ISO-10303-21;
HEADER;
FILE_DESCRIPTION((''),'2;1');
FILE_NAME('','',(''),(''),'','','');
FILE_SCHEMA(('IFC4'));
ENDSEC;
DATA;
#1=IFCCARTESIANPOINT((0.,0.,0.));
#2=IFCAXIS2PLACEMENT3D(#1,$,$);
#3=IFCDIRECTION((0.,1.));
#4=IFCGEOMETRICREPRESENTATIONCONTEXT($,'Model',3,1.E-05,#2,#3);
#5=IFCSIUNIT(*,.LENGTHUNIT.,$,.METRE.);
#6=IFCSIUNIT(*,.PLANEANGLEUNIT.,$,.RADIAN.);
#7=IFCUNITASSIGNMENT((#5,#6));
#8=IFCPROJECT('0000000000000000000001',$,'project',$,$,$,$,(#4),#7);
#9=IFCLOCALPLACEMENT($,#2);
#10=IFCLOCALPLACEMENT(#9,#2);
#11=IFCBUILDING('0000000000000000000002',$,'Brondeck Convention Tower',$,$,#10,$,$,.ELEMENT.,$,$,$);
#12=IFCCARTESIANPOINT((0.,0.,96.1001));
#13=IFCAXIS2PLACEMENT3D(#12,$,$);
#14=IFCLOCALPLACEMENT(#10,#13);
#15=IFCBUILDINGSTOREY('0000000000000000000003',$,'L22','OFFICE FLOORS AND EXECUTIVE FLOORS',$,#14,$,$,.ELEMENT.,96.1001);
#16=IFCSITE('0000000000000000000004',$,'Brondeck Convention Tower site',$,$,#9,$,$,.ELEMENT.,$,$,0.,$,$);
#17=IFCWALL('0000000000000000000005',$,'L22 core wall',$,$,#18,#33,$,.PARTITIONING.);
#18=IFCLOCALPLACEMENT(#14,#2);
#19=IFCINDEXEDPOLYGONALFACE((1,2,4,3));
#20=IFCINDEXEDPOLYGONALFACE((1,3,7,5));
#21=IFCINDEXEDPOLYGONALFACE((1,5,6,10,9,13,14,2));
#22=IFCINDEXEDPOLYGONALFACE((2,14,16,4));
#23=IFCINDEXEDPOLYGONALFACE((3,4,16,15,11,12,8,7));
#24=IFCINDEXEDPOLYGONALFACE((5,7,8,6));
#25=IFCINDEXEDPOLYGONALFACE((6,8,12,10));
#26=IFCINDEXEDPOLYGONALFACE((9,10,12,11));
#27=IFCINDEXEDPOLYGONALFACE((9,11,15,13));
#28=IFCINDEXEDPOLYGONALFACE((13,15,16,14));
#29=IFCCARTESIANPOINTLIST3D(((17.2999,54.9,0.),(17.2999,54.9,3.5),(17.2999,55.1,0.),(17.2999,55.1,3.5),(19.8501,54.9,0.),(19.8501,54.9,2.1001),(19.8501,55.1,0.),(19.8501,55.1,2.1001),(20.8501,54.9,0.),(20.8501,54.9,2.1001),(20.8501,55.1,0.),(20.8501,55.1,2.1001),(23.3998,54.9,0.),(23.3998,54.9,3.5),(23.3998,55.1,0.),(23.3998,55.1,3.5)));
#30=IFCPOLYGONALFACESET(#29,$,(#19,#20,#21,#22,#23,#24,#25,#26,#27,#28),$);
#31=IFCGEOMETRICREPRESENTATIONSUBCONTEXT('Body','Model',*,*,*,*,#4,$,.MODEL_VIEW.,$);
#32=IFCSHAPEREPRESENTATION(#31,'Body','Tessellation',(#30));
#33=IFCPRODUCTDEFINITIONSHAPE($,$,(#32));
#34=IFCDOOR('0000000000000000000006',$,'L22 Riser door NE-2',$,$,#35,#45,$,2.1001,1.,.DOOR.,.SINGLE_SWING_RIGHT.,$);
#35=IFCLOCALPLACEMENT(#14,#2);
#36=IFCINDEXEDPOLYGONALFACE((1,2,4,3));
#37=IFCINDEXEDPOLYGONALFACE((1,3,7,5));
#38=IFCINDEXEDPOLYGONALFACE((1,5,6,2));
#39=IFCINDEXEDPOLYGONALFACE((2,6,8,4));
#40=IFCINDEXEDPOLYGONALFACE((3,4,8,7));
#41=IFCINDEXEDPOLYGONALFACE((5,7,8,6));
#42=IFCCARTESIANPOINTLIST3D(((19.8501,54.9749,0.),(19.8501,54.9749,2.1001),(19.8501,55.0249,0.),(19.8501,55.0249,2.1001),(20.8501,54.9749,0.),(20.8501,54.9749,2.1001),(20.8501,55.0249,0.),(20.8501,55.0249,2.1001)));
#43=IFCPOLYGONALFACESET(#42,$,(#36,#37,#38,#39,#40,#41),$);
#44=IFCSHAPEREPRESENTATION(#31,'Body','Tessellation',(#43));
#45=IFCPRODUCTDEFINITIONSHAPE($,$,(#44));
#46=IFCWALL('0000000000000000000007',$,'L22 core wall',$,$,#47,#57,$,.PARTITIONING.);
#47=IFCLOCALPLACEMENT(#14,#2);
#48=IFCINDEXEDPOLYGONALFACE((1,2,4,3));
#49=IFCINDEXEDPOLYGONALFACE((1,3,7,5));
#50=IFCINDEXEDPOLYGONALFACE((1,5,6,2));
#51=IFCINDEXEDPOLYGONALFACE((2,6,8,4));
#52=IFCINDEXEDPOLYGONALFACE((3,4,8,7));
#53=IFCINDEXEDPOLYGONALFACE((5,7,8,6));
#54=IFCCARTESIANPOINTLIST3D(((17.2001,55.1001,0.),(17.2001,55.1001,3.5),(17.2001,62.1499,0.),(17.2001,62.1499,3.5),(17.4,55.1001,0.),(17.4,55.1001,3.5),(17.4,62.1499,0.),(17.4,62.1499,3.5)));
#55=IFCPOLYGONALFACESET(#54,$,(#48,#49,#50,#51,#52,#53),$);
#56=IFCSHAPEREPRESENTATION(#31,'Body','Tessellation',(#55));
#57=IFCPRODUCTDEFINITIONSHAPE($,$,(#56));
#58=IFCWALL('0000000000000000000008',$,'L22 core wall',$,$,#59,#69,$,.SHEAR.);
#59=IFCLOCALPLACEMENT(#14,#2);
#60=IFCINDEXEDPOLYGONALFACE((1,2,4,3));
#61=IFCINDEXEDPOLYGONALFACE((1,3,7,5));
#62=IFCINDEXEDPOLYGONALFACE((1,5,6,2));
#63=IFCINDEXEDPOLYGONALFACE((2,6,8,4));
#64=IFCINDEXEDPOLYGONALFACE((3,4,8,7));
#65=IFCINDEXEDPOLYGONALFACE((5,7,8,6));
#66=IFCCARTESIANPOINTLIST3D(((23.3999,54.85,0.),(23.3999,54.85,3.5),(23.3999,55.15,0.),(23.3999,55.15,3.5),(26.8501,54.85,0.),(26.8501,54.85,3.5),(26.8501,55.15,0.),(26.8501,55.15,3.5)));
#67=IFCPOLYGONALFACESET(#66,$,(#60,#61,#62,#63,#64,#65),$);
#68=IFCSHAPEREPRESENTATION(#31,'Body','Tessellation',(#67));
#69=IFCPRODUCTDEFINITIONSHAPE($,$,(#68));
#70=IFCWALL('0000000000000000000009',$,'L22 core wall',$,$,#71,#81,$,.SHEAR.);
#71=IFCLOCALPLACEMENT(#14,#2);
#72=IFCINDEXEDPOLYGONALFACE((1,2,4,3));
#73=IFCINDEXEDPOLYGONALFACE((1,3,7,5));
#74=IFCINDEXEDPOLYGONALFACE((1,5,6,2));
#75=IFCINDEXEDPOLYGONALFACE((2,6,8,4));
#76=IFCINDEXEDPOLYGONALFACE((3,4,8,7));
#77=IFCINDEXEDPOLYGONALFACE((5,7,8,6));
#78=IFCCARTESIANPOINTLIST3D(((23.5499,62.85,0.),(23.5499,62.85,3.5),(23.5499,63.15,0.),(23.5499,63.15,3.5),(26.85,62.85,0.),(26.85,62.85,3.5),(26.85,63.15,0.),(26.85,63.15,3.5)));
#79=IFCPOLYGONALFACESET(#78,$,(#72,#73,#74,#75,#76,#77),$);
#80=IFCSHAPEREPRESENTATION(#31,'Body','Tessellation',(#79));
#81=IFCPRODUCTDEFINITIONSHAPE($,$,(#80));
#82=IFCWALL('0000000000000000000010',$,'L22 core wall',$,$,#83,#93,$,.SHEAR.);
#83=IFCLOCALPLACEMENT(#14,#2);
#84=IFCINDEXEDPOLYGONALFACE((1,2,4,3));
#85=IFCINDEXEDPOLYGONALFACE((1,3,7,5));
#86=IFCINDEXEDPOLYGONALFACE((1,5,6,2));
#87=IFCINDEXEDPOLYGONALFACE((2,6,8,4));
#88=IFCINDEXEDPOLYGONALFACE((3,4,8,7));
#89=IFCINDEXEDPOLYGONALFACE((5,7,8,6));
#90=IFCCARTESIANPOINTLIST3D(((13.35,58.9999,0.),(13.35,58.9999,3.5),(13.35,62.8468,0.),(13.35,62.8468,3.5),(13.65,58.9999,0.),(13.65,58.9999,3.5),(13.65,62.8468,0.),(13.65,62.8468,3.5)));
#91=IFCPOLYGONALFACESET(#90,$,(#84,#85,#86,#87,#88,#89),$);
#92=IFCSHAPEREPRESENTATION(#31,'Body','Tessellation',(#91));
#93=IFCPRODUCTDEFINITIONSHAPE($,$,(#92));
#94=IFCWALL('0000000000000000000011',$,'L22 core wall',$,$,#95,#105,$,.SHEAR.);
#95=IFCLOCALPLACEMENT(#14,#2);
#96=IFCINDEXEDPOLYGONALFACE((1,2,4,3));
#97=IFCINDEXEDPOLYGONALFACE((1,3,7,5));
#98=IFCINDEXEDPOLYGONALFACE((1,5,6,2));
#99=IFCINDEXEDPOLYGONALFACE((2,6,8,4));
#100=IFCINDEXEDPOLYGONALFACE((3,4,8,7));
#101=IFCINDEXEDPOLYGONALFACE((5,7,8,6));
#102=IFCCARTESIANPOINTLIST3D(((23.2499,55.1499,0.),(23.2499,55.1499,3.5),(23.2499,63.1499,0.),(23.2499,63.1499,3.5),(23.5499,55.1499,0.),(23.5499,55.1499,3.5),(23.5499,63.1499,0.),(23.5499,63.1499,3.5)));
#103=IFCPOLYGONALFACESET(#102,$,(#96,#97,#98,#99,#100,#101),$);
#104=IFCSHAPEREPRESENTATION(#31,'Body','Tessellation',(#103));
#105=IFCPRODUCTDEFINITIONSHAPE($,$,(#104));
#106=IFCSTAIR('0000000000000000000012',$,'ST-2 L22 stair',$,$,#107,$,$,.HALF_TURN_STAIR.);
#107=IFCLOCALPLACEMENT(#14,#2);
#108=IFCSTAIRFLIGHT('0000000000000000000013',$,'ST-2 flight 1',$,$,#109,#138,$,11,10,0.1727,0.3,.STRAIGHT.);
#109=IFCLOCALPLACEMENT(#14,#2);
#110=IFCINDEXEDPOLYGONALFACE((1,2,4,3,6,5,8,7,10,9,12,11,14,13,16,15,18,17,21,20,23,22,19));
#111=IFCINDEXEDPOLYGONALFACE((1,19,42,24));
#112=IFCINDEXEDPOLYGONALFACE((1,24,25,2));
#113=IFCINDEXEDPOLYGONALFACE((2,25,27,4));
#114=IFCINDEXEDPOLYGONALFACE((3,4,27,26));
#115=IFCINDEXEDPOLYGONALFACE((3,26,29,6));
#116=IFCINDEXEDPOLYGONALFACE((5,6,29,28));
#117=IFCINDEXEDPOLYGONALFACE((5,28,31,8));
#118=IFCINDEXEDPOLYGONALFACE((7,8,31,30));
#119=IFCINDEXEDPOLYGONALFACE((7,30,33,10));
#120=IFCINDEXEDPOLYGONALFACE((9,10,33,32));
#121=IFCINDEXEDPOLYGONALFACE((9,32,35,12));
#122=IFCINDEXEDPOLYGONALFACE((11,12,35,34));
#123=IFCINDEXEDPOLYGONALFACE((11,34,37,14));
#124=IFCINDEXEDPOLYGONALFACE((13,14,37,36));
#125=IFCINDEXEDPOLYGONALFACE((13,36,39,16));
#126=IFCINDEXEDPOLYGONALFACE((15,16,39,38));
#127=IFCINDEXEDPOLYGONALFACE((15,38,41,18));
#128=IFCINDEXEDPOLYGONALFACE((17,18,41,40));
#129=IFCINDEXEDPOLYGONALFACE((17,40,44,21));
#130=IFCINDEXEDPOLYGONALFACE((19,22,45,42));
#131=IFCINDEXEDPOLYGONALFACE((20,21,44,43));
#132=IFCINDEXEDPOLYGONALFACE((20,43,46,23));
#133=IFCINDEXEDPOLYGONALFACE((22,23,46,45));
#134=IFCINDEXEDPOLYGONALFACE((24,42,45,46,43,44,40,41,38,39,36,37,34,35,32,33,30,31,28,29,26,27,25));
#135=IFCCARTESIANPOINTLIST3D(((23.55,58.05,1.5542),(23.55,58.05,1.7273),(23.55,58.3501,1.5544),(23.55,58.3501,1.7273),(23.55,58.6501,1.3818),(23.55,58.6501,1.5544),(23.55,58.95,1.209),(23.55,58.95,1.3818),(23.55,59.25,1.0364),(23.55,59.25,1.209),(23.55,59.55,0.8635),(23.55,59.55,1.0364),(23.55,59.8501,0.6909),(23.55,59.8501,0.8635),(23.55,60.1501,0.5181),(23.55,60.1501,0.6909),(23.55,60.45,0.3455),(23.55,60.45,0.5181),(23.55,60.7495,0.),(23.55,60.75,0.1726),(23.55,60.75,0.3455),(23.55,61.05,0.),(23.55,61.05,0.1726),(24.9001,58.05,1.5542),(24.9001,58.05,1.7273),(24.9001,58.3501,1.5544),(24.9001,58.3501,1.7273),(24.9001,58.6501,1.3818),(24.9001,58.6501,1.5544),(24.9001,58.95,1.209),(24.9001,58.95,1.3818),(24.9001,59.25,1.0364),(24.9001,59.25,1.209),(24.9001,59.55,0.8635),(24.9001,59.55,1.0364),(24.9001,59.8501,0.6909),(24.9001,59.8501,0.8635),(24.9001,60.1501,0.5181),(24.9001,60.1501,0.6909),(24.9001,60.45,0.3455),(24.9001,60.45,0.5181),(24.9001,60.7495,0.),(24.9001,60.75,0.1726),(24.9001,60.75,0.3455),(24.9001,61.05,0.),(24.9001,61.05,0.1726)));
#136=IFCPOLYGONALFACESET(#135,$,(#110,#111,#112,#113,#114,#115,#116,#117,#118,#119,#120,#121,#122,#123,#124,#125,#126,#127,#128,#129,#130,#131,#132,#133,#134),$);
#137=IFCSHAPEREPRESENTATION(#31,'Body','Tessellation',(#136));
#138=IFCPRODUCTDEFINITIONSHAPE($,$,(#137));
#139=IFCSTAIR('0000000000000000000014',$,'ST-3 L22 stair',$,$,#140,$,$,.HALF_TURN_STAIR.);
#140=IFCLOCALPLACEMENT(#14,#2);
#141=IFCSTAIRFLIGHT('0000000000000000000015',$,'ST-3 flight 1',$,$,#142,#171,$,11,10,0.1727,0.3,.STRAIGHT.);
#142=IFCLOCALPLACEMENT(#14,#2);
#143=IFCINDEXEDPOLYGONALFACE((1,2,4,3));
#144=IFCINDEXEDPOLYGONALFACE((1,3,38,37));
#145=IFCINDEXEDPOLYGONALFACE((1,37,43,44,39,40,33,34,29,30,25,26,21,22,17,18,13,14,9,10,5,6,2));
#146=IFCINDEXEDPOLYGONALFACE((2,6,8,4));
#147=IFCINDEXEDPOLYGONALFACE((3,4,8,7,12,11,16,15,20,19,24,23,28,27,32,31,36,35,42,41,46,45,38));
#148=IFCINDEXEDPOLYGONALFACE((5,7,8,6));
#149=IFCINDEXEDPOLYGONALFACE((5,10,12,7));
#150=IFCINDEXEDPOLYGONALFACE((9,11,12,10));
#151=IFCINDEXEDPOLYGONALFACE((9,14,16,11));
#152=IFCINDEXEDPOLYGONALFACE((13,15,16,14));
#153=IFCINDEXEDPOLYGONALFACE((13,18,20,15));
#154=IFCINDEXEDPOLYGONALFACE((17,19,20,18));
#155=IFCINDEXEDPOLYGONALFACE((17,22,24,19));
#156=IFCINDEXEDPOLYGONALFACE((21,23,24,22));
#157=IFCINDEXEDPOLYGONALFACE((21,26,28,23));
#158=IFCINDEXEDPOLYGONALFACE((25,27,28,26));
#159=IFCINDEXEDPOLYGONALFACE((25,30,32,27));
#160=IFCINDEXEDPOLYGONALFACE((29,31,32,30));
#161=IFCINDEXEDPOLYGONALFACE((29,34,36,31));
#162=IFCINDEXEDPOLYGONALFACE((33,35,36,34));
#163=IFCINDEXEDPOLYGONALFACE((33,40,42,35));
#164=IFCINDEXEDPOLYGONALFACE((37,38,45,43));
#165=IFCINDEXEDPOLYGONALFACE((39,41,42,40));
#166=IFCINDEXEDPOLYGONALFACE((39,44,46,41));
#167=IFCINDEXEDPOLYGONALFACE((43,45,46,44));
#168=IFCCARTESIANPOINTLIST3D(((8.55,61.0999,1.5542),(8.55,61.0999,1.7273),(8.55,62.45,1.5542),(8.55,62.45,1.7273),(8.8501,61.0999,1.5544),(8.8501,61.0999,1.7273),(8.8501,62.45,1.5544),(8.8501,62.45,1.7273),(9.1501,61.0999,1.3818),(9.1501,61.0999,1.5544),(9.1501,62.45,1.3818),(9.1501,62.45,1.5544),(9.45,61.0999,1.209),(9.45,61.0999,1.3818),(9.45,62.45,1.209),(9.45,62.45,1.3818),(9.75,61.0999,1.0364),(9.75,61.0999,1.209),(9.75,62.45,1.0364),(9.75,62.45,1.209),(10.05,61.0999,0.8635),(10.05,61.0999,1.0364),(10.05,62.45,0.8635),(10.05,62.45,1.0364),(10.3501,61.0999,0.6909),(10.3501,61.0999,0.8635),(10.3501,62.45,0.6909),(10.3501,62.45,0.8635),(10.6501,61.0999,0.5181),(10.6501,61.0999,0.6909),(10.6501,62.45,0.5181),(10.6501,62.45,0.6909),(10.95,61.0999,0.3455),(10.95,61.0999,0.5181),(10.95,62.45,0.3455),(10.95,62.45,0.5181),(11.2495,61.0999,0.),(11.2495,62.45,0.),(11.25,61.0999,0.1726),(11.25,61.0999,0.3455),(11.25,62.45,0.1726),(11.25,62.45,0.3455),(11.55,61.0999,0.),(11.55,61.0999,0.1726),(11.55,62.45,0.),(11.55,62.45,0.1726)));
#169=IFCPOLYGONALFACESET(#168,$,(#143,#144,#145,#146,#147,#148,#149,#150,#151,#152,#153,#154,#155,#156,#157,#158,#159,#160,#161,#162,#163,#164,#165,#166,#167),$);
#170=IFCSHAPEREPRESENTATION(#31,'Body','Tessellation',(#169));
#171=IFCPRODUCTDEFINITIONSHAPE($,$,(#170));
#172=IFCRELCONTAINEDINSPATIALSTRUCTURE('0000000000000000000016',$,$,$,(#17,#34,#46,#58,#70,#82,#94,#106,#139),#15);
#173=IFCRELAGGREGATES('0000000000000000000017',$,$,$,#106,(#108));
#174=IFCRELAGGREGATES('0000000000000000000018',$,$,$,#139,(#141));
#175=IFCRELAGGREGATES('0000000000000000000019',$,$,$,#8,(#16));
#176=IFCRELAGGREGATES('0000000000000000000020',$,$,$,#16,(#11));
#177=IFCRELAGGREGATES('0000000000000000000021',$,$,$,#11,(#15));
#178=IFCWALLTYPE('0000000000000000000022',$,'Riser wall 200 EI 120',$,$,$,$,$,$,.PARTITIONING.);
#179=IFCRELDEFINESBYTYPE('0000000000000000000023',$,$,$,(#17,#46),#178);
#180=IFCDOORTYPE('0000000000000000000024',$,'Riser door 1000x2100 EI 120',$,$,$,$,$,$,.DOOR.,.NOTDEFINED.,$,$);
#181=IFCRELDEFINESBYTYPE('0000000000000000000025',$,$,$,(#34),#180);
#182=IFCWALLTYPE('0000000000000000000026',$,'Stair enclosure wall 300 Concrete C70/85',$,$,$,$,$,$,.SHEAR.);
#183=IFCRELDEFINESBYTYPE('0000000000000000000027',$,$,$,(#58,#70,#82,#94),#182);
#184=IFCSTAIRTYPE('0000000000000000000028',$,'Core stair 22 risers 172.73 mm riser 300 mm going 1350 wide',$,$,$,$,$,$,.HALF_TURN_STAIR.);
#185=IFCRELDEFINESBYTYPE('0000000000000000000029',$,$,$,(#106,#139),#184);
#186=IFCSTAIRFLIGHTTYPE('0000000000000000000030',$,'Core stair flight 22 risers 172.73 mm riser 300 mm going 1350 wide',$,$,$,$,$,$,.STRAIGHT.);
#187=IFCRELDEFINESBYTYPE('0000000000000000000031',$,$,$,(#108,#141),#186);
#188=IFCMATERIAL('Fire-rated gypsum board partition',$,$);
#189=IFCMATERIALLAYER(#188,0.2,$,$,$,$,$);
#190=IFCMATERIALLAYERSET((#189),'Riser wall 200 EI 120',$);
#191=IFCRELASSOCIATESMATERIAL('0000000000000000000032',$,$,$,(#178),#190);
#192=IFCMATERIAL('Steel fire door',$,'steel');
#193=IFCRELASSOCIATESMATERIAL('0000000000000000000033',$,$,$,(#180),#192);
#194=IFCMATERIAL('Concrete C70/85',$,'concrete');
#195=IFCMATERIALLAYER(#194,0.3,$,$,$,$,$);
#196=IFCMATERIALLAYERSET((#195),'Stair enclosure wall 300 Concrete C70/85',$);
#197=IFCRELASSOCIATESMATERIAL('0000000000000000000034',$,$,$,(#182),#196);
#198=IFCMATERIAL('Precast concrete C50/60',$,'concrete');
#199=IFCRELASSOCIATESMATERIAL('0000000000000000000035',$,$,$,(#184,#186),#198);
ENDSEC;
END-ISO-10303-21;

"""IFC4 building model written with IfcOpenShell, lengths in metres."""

from ifc_helpers import new_model, si_unit, direction, frame, frame_2d, origin, place, context, subcontext, project, spatial, polyline, rectangle, outline, extrude, material, layer, layer_set, type_object, element, fill, aggregate, save


model = new_model("IFC4")

# Units and contexts
model_context = context("Model", 3, precision=1e-05, world=origin(), true_north=direction((0.0, 1.0)))
body_context = subcontext(model_context, "Body", "Model", "MODEL_VIEW")
ifc_project = project(units=[si_unit("LENGTHUNIT", "METRE"), si_unit("PLANEANGLEUNIT", "RADIAN")], contexts=[model_context])

# Site, building, storey
site_placement = place(None, origin())
site = spatial("IfcSite", under=ifc_project, at=site_placement, Name="Brondeck Convention Tower site", CompositionType="ELEMENT", RefElevation=0.0)
building_placement = place(site_placement, origin())
building = spatial("IfcBuilding", under=site, at=building_placement, Name="Brondeck Convention Tower", CompositionType="ELEMENT")
storey_placement = place(building_placement, frame((0.0, 0.0, 96.1001)))
storey = spatial("IfcBuildingStorey", under=building, at=storey_placement, Name="L22", Description="OFFICE FLOORS AND EXECUTIVE FLOORS", CompositionType="ELEMENT", Elevation=96.1001)

# Shared definitions
ifc_material_1 = material(Name="Concrete C70/85", Category="concrete")

# Shared definitions
ifc_material_2 = material(Name="Fire-rated gypsum board partition")
ifc_material_3 = material(Name="Steel fire door", Category="steel")

# Shared definitions
ifc_layer_1 = layer(ifc_material_2, 0.2)
ifc_layer_set_1 = layer_set([ifc_layer_1], Name="Riser wall 200 EI 120")
wall_type_1 = type_object("IfcWallType", Name="Riser wall 200 EI 120", PredefinedType="PARTITIONING", material=ifc_layer_set_1)

# Wall, opening, door
wall_1_placement = place(storey_placement, frame((17.3, 55.0, 0.0), z_axis=(0.0, 0.0, 1.0), x_axis=(1.0, 0.0, 0.0)))
wall_1 = element("IfcWall", 1, at=wall_1_placement, inside=storey, type_object=wall_type_1, Name="L22 core wall", PredefinedType="PARTITIONING", context=body_context, shape_type="SweptSolid", body=[
    extrude(rectangle(XDim=6.0999, YDim=0.2, at=frame_2d((3.0498, 0.0))), origin(), (0.0, 0.0, 1.0), 3.5),
])
opening_1_placement = place(wall_1_placement, frame((2.55, 0.0, 0.0)))
opening_1 = element("IfcOpeningElement", 2, at=opening_1_placement, cuts=wall_1, PredefinedType="OPENING", context=body_context, shape_type="SweptSolid", body=[
    extrude(rectangle(XDim=1.0, YDim=2.1001, at=frame_2d((0.5, 1.05))), frame((0.0, 0.1099, 0.0), z_axis=(0.0, -1.0, 0.0), x_axis=(1.0, 0.0, 0.0)), (0.0, 0.0, 1.0), 0.22),
])
door_type_1 = type_object("IfcDoorType", Name="Riser door 1000x2100 EI 120", OperationType="NOTDEFINED", PredefinedType="DOOR", material=ifc_material_3)
door_1_placement = place(opening_1_placement, origin())
door_1 = element("IfcDoor", 3, at=door_1_placement, inside=storey, type_object=door_type_1, Name="L22 Riser door NE-2", OperationType="SINGLE_SWING_RIGHT", OverallHeight=2.1001, OverallWidth=1.0, PredefinedType="DOOR", context=body_context, shape_type="SweptSolid", body=[
    extrude(rectangle(XDim=1.0, YDim=2.1001, at=frame_2d((0.5, 1.05))), frame((0.0, 0.0249, 0.0), z_axis=(0.0, -1.0, 0.0), x_axis=(1.0, 0.0, 0.0)), (0.0, 0.0, 1.0), 0.05),
])
fill(opening_1, door_1)

# Walls
wall_2_placement = place(storey_placement, frame((17.3, 55.1001, 0.0), z_axis=(0.0, 0.0, 1.0), x_axis=(0.0, 1.0, 0.0)))
element("IfcWall", 4, at=wall_2_placement, inside=storey, type_object=wall_type_1, Name="L22 core wall", PredefinedType="PARTITIONING", context=body_context, shape_type="SweptSolid", body=[
    extrude(rectangle(XDim=7.0498, YDim=0.2, at=frame_2d((3.5249, 0.0))), origin(), (0.0, 0.0, 1.0), 3.5),
])
ifc_layer_2 = layer(ifc_material_1, 0.3)
ifc_layer_set_2 = layer_set([ifc_layer_2], Name="Stair enclosure wall 300 Concrete C70/85")
wall_type_2 = type_object("IfcWallType", Name="Stair enclosure wall 300 Concrete C70/85", PredefinedType="SHEAR", material=ifc_layer_set_2)
wall_3_placement = place(storey_placement, frame((23.3999, 55.0, 0.0), z_axis=(0.0, 0.0, 1.0), x_axis=(1.0, 0.0, 0.0)))
element("IfcWall", 5, at=wall_3_placement, inside=storey, type_object=wall_type_2, Name="L22 core wall", PredefinedType="SHEAR", context=body_context, shape_type="SweptSolid", body=[
    extrude(rectangle(XDim=3.4502, YDim=0.3, at=frame_2d((1.7251, 0.0))), origin(), (0.0, 0.0, 1.0), 3.5),
])
wall_4_placement = place(storey_placement, frame((23.55, 63.0, 0.0), z_axis=(0.0, 0.0, 1.0), x_axis=(1.0, 0.0, 0.0)))
element("IfcWall", 6, at=wall_4_placement, inside=storey, type_object=wall_type_2, Name="L22 core wall", PredefinedType="SHEAR", context=body_context, shape_type="SweptSolid", body=[
    extrude(rectangle(XDim=3.3, YDim=0.3, at=frame_2d((1.6499, 0.0))), origin(), (0.0, 0.0, 1.0), 3.5),
])
wall_5_placement = place(storey_placement, frame((13.5, 59.0, 0.0), z_axis=(0.0, 0.0, 1.0), x_axis=(0.0, 1.0, 0.0)))
element("IfcWall", 7, at=wall_5_placement, inside=storey, type_object=wall_type_2, Name="L22 core wall", PredefinedType="SHEAR", context=body_context, shape_type="SweptSolid", body=[
    extrude(rectangle(XDim=3.8469, YDim=0.3, at=frame_2d((1.9233, 0.0))), origin(), (0.0, 0.0, 1.0), 3.5),
])
wall_6_placement = place(storey_placement, frame((23.3999, 55.1499, 0.0), z_axis=(0.0, 0.0, 1.0), x_axis=(0.0, 1.0, 0.0)))
element("IfcWall", 8, at=wall_6_placement, inside=storey, type_object=wall_type_2, Name="L22 core wall", PredefinedType="SHEAR", context=body_context, shape_type="SweptSolid", body=[
    extrude(rectangle(XDim=8.0, YDim=0.3, at=frame_2d((4.0, 0.0))), origin(), (0.0, 0.0, 1.0), 3.5),
])

# Stair, stair flight
ifc_material_4 = material(Name="Precast concrete C50/60", Category="concrete")
stair_type = type_object("IfcStairType", Name="Core stair 22 risers 172.73 mm riser 300 mm going 1350 wide", PredefinedType="HALF_TURN_STAIR", material=ifc_material_4)
stair_1_placement = place(storey_placement, origin())
stair_1 = element("IfcStair", 9, at=stair_1_placement, inside=storey, type_object=stair_type, Name="ST-2 L22 stair", PredefinedType="HALF_TURN_STAIR")
stair_flight_type = type_object("IfcStairFlightType", Name="Core stair flight 22 risers 172.73 mm riser 300 mm going 1350 wide", PredefinedType="STRAIGHT", material=ifc_material_4)
stair_flight_1_placement = place(storey_placement, frame((24.2251, 61.05, 0.0), z_axis=(0.0, 0.0, 1.0), x_axis=(0.0, -1.0, 0.0)))
stair_flight_1 = element("IfcStairFlight", 10, at=stair_flight_1_placement, type_object=stair_flight_type, Name="ST-2 flight 1", NumberOfRisers=11, NumberOfTreads=10, PredefinedType="STRAIGHT", RiserHeight=0.1727, TreadLength=0.3, context=body_context, shape_type="SweptSolid", body=[
    extrude(outline(polyline([(0.0, 0.0), (0.0, 0.1726), (0.3, 0.1726), (0.3, 0.3455), (0.6001, 0.3455), (0.6001, 0.5181), (0.8999, 0.5181), (0.8999, 0.6909), (1.2, 0.6909), (1.2, 0.8635), (1.5, 0.8635), (1.5, 1.0364), (1.8, 1.0364), (1.8, 1.209), (2.1001, 1.209), (2.1001, 1.3818), (2.3999, 1.3818), (2.3999, 1.5544), (2.7, 1.5544), (2.7, 1.7273), (3.0, 1.7273), (3.0, 1.8999), (3.0, 1.5542), (0.3005, 0.0), (0.0, 0.0)])), frame((0.0, 0.675, 0.0), z_axis=(0.0, -1.0, 0.0), x_axis=(1.0, 0.0, 0.0)), (0.0, 0.0, 1.0), 1.3501),
])
aggregate(stair_1, [stair_flight_1])

# Stair, stair flight
stair_2_placement = place(storey_placement, origin())
stair_2 = element("IfcStair", 11, at=stair_2_placement, inside=storey, type_object=stair_type, Name="ST-3 L22 stair", PredefinedType="HALF_TURN_STAIR")
stair_flight_2_placement = place(storey_placement, frame((11.55, 61.7749, 0.0), z_axis=(0.0, 0.0, 1.0), x_axis=(-1.0, 0.0, 0.0)))
stair_flight_2 = element("IfcStairFlight", 12, at=stair_flight_2_placement, type_object=stair_flight_type, Name="ST-3 flight 1", NumberOfRisers=11, NumberOfTreads=10, PredefinedType="STRAIGHT", RiserHeight=0.1727, TreadLength=0.3, context=body_context, shape_type="SweptSolid", body=[
    extrude(outline(polyline([(0.0, 0.0), (0.0, 0.1726), (0.3, 0.1726), (0.3, 0.3455), (0.6001, 0.3455), (0.6001, 0.5181), (0.8999, 0.5181), (0.8999, 0.6909), (1.2, 0.6909), (1.2, 0.8635), (1.5, 0.8635), (1.5, 1.0364), (1.8, 1.0364), (1.8, 1.209), (2.1001, 1.209), (2.1001, 1.3818), (2.3999, 1.3818), (2.3999, 1.5544), (2.7, 1.5544), (2.7, 1.7273), (3.0, 1.7273), (3.0, 1.8999), (3.0, 1.5542), (0.3005, 0.0), (0.0, 0.0)])), frame((0.0, 0.675, 0.0), z_axis=(0.0, -1.0, 0.0), x_axis=(1.0, 0.0, 0.0)), (0.0, 0.0, 1.0), 1.3501),
])
aggregate(stair_2, [stair_flight_2])

save(model, "model.ifc")
